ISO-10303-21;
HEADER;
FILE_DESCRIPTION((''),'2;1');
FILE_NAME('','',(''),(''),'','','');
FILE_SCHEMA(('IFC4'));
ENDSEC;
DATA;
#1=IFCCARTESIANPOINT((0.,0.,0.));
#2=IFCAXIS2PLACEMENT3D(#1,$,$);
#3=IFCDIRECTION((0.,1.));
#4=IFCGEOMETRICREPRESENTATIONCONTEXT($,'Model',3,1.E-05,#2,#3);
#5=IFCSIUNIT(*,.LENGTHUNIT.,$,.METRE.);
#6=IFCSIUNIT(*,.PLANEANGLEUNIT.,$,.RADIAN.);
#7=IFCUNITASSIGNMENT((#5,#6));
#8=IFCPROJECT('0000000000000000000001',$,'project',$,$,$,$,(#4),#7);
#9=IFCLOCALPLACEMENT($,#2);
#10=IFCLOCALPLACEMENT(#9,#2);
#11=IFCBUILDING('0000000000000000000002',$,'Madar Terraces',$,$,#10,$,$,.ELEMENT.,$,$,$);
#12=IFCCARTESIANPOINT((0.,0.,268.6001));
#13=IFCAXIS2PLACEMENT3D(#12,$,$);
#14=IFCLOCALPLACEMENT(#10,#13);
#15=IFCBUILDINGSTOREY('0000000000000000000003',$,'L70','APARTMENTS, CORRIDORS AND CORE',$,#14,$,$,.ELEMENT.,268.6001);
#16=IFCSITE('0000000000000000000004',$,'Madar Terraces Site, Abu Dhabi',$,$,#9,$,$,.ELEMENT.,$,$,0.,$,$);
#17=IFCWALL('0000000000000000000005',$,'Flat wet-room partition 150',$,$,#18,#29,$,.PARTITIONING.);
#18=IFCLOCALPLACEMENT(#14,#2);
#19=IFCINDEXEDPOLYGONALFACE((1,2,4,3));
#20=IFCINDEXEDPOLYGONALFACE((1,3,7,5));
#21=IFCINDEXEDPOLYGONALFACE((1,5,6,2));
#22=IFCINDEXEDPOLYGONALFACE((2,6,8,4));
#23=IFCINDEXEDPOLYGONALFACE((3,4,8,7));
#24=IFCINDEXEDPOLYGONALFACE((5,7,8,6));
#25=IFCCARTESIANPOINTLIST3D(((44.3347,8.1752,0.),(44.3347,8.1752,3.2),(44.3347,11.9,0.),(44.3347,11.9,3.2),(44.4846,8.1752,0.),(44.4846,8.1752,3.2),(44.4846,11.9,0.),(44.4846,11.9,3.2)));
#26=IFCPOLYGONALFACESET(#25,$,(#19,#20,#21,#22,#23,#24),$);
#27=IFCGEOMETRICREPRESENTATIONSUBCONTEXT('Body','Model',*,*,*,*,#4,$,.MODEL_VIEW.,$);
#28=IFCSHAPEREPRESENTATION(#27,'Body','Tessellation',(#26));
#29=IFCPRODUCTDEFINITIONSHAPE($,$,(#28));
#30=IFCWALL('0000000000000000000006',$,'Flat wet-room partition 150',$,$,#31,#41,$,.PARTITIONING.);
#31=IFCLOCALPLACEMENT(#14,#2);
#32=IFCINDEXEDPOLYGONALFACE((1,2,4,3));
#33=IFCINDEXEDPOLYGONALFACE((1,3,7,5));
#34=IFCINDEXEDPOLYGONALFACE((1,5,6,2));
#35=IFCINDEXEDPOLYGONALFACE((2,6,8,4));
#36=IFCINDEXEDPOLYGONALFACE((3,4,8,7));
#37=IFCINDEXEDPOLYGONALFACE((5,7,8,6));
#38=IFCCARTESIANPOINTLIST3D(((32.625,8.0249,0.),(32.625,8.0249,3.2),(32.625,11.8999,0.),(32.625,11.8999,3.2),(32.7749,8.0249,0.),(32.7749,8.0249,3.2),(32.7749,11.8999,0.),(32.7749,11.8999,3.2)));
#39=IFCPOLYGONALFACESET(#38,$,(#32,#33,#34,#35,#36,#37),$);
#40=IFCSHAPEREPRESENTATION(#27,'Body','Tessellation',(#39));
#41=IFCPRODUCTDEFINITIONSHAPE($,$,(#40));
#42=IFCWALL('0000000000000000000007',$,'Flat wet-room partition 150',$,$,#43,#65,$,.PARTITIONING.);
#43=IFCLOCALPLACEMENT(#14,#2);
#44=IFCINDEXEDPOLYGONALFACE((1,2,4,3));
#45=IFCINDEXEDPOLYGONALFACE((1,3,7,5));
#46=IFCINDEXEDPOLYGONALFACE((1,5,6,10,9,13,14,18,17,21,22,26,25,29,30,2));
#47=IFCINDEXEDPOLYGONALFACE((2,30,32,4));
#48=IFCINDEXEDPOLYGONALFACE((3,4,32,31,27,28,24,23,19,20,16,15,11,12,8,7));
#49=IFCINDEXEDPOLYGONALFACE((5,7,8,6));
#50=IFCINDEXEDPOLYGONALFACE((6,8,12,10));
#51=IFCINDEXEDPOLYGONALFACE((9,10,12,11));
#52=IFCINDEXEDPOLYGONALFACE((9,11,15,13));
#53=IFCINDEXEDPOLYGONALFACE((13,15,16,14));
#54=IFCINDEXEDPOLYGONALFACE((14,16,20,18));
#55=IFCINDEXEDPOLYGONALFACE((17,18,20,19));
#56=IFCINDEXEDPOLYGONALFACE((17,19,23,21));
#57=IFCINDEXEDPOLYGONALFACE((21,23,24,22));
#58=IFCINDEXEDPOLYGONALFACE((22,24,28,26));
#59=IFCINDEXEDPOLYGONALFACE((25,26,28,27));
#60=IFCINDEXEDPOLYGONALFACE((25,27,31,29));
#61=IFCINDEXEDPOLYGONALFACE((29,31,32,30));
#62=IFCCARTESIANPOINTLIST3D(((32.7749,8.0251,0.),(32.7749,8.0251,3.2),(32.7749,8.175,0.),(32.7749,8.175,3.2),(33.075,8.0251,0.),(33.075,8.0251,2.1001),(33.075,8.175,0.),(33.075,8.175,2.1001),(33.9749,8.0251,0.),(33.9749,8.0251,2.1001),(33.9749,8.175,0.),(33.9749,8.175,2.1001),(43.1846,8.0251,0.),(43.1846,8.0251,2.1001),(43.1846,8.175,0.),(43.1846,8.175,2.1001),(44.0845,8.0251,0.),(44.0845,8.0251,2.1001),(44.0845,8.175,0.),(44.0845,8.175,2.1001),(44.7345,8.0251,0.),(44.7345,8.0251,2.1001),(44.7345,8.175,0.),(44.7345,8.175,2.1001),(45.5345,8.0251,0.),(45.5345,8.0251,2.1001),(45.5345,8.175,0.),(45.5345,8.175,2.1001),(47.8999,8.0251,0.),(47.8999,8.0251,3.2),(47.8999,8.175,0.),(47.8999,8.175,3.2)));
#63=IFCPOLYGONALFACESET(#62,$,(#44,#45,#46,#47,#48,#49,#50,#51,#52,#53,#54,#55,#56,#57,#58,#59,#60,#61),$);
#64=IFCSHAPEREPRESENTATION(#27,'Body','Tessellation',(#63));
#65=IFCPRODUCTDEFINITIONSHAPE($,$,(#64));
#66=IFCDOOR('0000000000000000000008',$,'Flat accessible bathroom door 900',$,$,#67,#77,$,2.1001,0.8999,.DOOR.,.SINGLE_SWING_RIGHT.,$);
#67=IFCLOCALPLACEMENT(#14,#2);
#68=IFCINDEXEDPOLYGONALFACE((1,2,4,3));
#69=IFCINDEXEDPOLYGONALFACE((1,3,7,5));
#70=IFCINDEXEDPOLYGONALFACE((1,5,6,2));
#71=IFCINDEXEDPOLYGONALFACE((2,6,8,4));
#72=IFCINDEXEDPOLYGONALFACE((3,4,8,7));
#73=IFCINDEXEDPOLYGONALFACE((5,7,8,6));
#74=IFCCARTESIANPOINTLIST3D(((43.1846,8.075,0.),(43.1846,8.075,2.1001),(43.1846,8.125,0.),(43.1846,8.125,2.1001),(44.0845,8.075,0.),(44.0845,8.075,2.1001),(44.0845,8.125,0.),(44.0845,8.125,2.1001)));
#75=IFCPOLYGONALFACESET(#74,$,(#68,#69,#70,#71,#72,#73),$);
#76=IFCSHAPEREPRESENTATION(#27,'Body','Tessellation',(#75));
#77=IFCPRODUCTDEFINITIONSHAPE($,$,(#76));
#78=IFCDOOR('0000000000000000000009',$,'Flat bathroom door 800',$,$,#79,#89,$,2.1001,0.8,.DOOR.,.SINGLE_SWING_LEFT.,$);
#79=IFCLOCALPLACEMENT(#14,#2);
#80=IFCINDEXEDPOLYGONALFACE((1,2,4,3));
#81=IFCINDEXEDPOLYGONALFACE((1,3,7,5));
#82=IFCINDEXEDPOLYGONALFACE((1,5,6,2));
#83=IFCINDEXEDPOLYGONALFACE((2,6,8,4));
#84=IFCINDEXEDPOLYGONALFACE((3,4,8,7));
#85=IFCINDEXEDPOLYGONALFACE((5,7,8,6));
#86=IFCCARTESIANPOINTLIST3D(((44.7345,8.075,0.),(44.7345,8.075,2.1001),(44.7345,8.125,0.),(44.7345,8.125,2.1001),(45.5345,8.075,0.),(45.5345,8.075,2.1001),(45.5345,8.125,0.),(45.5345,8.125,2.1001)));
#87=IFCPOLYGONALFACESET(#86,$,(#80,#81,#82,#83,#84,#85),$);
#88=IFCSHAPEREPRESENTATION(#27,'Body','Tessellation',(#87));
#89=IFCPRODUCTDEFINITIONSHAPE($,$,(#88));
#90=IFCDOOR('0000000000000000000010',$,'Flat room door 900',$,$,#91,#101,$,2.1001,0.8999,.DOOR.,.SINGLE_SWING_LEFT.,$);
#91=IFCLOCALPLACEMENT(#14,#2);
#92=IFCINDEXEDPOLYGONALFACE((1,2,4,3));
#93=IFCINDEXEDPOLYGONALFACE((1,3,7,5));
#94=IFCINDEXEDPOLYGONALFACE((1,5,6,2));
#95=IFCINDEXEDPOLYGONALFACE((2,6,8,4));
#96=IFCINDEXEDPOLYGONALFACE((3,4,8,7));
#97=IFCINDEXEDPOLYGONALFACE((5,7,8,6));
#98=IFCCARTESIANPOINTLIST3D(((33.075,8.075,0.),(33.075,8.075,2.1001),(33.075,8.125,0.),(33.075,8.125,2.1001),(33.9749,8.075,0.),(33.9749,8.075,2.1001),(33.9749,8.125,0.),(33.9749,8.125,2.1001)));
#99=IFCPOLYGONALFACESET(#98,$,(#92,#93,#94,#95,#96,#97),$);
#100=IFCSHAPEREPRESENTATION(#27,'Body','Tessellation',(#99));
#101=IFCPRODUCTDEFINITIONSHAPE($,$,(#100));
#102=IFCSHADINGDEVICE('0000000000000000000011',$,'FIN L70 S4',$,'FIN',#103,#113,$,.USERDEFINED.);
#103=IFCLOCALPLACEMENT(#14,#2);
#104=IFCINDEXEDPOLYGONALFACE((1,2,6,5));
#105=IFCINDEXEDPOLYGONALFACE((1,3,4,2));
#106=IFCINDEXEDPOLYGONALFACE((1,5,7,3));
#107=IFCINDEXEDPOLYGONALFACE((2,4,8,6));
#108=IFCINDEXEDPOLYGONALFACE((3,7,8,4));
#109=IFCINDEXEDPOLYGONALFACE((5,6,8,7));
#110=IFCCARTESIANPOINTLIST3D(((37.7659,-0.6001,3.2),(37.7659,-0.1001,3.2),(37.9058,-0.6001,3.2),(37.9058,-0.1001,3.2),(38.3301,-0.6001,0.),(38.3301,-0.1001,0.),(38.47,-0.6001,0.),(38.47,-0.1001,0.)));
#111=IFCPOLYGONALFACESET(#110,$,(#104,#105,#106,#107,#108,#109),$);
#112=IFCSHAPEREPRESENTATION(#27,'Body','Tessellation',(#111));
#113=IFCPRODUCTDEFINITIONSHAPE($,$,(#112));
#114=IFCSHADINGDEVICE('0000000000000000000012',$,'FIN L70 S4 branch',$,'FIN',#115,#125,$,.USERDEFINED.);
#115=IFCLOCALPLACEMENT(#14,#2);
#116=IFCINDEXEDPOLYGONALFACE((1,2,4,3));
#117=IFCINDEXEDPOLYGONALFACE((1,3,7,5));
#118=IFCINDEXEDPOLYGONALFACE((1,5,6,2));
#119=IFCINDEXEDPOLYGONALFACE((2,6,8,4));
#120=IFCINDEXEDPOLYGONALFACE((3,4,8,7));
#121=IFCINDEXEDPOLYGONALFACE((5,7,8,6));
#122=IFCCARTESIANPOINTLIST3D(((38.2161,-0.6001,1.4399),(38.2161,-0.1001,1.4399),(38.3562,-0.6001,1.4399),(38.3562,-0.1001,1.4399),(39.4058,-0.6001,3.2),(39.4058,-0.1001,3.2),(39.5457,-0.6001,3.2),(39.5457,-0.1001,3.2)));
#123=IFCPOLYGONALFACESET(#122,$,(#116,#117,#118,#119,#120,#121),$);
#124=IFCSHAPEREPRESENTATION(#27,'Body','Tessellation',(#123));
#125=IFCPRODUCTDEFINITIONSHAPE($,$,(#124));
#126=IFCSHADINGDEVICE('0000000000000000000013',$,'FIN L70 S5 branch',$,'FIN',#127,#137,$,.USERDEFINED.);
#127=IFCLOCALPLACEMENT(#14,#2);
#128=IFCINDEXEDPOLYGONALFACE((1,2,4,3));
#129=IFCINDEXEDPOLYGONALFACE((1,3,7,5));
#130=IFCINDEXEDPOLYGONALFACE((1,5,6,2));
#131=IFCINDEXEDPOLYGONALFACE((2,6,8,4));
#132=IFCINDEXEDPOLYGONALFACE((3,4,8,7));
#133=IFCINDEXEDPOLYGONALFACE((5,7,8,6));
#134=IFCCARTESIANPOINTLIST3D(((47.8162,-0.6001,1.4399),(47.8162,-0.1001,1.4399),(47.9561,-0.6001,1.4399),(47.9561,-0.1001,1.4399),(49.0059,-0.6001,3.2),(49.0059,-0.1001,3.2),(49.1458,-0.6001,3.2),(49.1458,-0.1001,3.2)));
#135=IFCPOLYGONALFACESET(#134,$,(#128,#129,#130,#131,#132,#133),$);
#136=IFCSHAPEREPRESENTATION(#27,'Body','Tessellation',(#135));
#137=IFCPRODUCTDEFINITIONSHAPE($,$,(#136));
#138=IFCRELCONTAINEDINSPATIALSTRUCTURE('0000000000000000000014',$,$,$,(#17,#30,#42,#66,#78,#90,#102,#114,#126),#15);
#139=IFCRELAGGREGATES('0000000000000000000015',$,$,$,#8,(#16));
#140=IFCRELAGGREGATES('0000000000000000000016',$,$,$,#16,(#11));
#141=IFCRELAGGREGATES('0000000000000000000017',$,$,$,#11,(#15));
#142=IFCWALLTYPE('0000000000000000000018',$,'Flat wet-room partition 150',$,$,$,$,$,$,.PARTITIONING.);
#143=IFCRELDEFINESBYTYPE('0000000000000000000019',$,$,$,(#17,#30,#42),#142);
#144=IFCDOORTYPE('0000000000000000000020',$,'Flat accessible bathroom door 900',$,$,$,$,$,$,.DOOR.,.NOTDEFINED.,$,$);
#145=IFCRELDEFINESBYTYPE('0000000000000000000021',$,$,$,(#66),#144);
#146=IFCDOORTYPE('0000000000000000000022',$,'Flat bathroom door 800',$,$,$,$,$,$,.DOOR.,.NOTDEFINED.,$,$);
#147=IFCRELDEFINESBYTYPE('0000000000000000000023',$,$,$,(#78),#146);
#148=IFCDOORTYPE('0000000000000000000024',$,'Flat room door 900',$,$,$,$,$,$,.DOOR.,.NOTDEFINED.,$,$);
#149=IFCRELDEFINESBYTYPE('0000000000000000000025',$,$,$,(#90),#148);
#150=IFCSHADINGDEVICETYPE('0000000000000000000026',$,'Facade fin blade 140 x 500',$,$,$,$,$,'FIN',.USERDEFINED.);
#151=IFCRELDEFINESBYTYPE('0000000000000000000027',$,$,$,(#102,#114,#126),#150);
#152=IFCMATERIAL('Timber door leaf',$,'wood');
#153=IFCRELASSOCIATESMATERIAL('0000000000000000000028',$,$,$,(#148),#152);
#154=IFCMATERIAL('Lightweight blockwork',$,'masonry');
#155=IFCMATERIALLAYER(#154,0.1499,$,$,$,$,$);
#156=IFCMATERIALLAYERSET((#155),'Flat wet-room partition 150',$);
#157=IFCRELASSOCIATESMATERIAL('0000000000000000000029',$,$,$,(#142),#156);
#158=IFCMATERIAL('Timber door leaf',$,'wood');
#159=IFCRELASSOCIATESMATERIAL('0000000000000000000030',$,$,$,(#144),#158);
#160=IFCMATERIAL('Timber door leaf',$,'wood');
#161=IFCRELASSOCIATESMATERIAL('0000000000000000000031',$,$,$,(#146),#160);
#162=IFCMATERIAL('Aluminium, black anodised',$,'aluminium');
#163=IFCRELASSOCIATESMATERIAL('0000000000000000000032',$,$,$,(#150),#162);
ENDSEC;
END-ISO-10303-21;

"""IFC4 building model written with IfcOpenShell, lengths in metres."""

from ifc_helpers import new_model, si_unit, direction, frame, frame_2d, origin, place, context, subcontext, project, spatial, polyline, rectangle, outline, extrude, material, layer, layer_set, type_object, element, fill, save


model = new_model("IFC4")

# Units and contexts
model_context = context("Model", 3, precision=1e-05, world=origin(), true_north=direction((0.0, 1.0)))
body_context = subcontext(model_context, "Body", "Model", "MODEL_VIEW")
ifc_project = project(units=[si_unit("LENGTHUNIT", "METRE"), si_unit("PLANEANGLEUNIT", "RADIAN")], contexts=[model_context])

# Site, building, storey
site_placement = place(None, origin())
site = spatial("IfcSite", under=ifc_project, at=site_placement, Name="Madar Terraces Site, Abu Dhabi", CompositionType="ELEMENT", RefElevation=0.0)
building_placement = place(site_placement, origin())
building = spatial("IfcBuilding", under=site, at=building_placement, Name="Madar Terraces", CompositionType="ELEMENT")
storey_placement = place(building_placement, frame((0.0, 0.0, 268.6001)))
storey = spatial("IfcBuildingStorey", under=building, at=storey_placement, Name="L70", Description="APARTMENTS, CORRIDORS AND CORE", CompositionType="ELEMENT", Elevation=268.6001)

# Shared definitions
ifc_material_1 = material(Name="Timber door leaf", Category="wood")
door_type_1 = type_object("IfcDoorType", Name="Flat room door 900", OperationType="NOTDEFINED", PredefinedType="DOOR", material=ifc_material_1)

# Walls
ifc_material_2 = material(Name="Lightweight blockwork", Category="masonry")
ifc_layer_1 = layer(ifc_material_2, 0.1499)
ifc_layer_set_1 = layer_set([ifc_layer_1], Name="Flat wet-room partition 150")
wall_type_1 = type_object("IfcWallType", Name="Flat wet-room partition 150", PredefinedType="PARTITIONING", material=ifc_layer_set_1)
for number, where, z_axis, x_axis, name in (
    (1, (44.4097, 11.8999, 0.0), (0.0, 0.0, 1.0), (0.0, -1.0, 0.0), "Flat wet-room partition 150"),
):
    element("IfcWall", number, at=place(storey_placement, frame(where, z_axis=z_axis, x_axis=x_axis)), inside=storey, type_object=wall_type_1, Name=name, PredefinedType="PARTITIONING", context=body_context, shape_type="SweptSolid", body=[
        extrude(rectangle(XDim=3.7249, YDim=0.1499, at=frame_2d((1.8623, 0.0))), origin(), (0.0, 0.0, 1.0), 3.2),
    ])
wall_1_placement = place(storey_placement, frame((32.7, 11.8999, 0.0), z_axis=(0.0, 0.0, 1.0), x_axis=(0.0, -1.0, 0.0)))
element("IfcWall", 2, at=wall_1_placement, inside=storey, type_object=wall_type_1, Name="Flat wet-room partition 150", PredefinedType="PARTITIONING", context=body_context, shape_type="SweptSolid", body=[
    extrude(rectangle(XDim=3.875, YDim=0.1499, at=frame_2d((1.9375, 0.0))), origin(), (0.0, 0.0, 1.0), 3.2),
])

# Wall, openings, doors
wall_2_placement = place(storey_placement, frame((32.7749, 8.1001, 0.0), z_axis=(0.0, 0.0, 1.0), x_axis=(1.0, 0.0, 0.0)))
wall_2 = element("IfcWall", 3, at=wall_2_placement, inside=storey, type_object=wall_type_1, Name="Flat wet-room partition 150", PredefinedType="PARTITIONING", context=body_context, shape_type="SweptSolid", body=[
    extrude(rectangle(XDim=15.125, YDim=0.1499, at=frame_2d((7.5625, 0.0))), origin(), (0.0, 0.0, 1.0), 3.2),
])
opening_1_placement = place(wall_2_placement, frame((0.3, 0.0, 0.0)))
opening_1 = element("IfcOpeningElement", 4, at=opening_1_placement, cuts=wall_2, PredefinedType="OPENING", context=body_context, shape_type="SweptSolid", body=[
    extrude(rectangle(XDim=0.8999, YDim=2.1001, at=frame_2d((0.45, 1.05))), frame((0.0, 0.085, 0.0), z_axis=(0.0, -1.0, 0.0), x_axis=(1.0, 0.0, 0.0)), (0.0, 0.0, 1.0), 0.1699),
])
opening_2_placement = place(wall_2_placement, frame((10.4097, 0.0, 0.0)))
opening_2 = element("IfcOpeningElement", 5, at=opening_2_placement, cuts=wall_2, PredefinedType="OPENING", context=body_context, shape_type="SweptSolid", body=[
    extrude(rectangle(XDim=0.8999, YDim=2.1001, at=frame_2d((0.45, 1.05))), frame((0.0, 0.085, 0.0), z_axis=(0.0, -1.0, 0.0), x_axis=(1.0, 0.0, 0.0)), (0.0, 0.0, 1.0), 0.1699),
])
opening_3_placement = place(wall_2_placement, frame((11.9597, 0.0, 0.0)))
opening_3 = element("IfcOpeningElement", 6, at=opening_3_placement, cuts=wall_2, PredefinedType="OPENING", context=body_context, shape_type="SweptSolid", body=[
    extrude(rectangle(XDim=0.8, YDim=2.1001, at=frame_2d((0.3999, 1.05))), frame((0.0, 0.085, 0.0), z_axis=(0.0, -1.0, 0.0), x_axis=(1.0, 0.0, 0.0)), (0.0, 0.0, 1.0), 0.1699),
])
ifc_material_3 = material(Name="Timber door leaf", Category="wood")
door_type_2 = type_object("IfcDoorType", Name="Flat accessible bathroom door 900", OperationType="NOTDEFINED", PredefinedType="DOOR", material=ifc_material_3)
door_1_placement = place(opening_2_placement, origin())
door_1 = element("IfcDoor", 7, at=door_1_placement, inside=storey, type_object=door_type_2, Name="Flat accessible bathroom door 900", OperationType="SINGLE_SWING_RIGHT", OverallHeight=2.1001, OverallWidth=0.8999, PredefinedType="DOOR", context=body_context, shape_type="SweptSolid", body=[
    extrude(rectangle(XDim=0.8999, YDim=2.1001, at=frame_2d((0.45, 1.05))), frame((0.0, 0.0249, 0.0), z_axis=(0.0, -1.0, 0.0), x_axis=(1.0, 0.0, 0.0)), (0.0, 0.0, 1.0), 0.05),
])
fill(opening_2, door_1)
ifc_material_4 = material(Name="Timber door leaf", Category="wood")
door_type_3 = type_object("IfcDoorType", Name="Flat bathroom door 800", OperationType="NOTDEFINED", PredefinedType="DOOR", material=ifc_material_4)
door_2_placement = place(opening_3_placement, origin())
door_2 = element("IfcDoor", 8, at=door_2_placement, inside=storey, type_object=door_type_3, Name="Flat bathroom door 800", OperationType="SINGLE_SWING_LEFT", OverallHeight=2.1001, OverallWidth=0.8, PredefinedType="DOOR", context=body_context, shape_type="SweptSolid", body=[
    extrude(rectangle(XDim=0.8, YDim=2.1001, at=frame_2d((0.3999, 1.05))), frame((0.0, 0.0249, 0.0), z_axis=(0.0, -1.0, 0.0), x_axis=(1.0, 0.0, 0.0)), (0.0, 0.0, 1.0), 0.05),
])
fill(opening_3, door_2)
door_3_placement = place(opening_1_placement, origin())
door_3 = element("IfcDoor", 9, at=door_3_placement, inside=storey, type_object=door_type_1, Name="Flat room door 900", OperationType="SINGLE_SWING_LEFT", OverallHeight=2.1001, OverallWidth=0.8999, PredefinedType="DOOR", context=body_context, shape_type="SweptSolid", body=[
    extrude(rectangle(XDim=0.8999, YDim=2.1001, at=frame_2d((0.45, 1.05))), frame((0.0, 0.0249, 0.0), z_axis=(0.0, -1.0, 0.0), x_axis=(1.0, 0.0, 0.0)), (0.0, 0.0, 1.0), 0.05),
])
fill(opening_1, door_3)

# Shading devices
ifc_material_5 = material(Name="Aluminium, black anodised", Category="aluminium")
shading_device_type = type_object("IfcShadingDeviceType", Name="Facade fin blade 140 x 500", ElementType="FIN", PredefinedType="USERDEFINED", material=ifc_material_5)
shading_device_1_placement = place(storey_placement, frame((38.3301, -0.3501, 0.0), z_axis=(0.0, 0.0, 1.0), x_axis=(1.0, 0.0, 0.0)))
element("IfcShadingDevice", 10, at=shading_device_1_placement, inside=storey, type_object=shading_device_type, Name="FIN L70 S4", ObjectType="FIN", PredefinedType="USERDEFINED", context=body_context, shape_type="SweptSolid", body=[
    extrude(outline(polyline([(0.0, 0.0), (0.1399, 0.0), (-0.4243, 3.2), (-0.5642, 3.2), (0.0, 0.0)])), frame((0.0, 0.25, 0.0), z_axis=(0.0, -1.0, 0.0), x_axis=(1.0, 0.0, 0.0)), (0.0, 0.0, 1.0), 0.5),
])
shading_device_2_placement = place(storey_placement, frame((38.2161, -0.3501, 1.4399), z_axis=(0.0, 0.0, 1.0), x_axis=(1.0, 0.0, 0.0)))
element("IfcShadingDevice", 11, at=shading_device_2_placement, inside=storey, type_object=shading_device_type, Name="FIN L70 S4 branch", ObjectType="FIN", PredefinedType="USERDEFINED", context=body_context, shape_type="SweptSolid", body=[
    extrude(outline(polyline([(0.0, 0.0), (0.1401, 0.0), (1.3296, 1.76), (1.1897, 1.76), (0.0, 0.0)])), frame((0.0, 0.25, 0.0), z_axis=(0.0, -1.0, 0.0), x_axis=(1.0, 0.0, 0.0)), (0.0, 0.0, 1.0), 0.5),
])
shading_device_3_placement = place(storey_placement, frame((47.8162, -0.3501, 1.4399), z_axis=(0.0, 0.0, 1.0), x_axis=(1.0, 0.0, 0.0)))
element("IfcShadingDevice", 12, at=shading_device_3_placement, inside=storey, type_object=shading_device_type, Name="FIN L70 S5 branch", ObjectType="FIN", PredefinedType="USERDEFINED", context=body_context, shape_type="SweptSolid", body=[
    extrude(outline(polyline([(0.0, 0.0), (0.1399, 0.0), (1.3296, 1.76), (1.1897, 1.76), (0.0, 0.0)])), frame((0.0, 0.25, 0.0), z_axis=(0.0, -1.0, 0.0), x_axis=(1.0, 0.0, 0.0)), (0.0, 0.0, 1.0), 0.5),
])

save(model, "model.ifc")
